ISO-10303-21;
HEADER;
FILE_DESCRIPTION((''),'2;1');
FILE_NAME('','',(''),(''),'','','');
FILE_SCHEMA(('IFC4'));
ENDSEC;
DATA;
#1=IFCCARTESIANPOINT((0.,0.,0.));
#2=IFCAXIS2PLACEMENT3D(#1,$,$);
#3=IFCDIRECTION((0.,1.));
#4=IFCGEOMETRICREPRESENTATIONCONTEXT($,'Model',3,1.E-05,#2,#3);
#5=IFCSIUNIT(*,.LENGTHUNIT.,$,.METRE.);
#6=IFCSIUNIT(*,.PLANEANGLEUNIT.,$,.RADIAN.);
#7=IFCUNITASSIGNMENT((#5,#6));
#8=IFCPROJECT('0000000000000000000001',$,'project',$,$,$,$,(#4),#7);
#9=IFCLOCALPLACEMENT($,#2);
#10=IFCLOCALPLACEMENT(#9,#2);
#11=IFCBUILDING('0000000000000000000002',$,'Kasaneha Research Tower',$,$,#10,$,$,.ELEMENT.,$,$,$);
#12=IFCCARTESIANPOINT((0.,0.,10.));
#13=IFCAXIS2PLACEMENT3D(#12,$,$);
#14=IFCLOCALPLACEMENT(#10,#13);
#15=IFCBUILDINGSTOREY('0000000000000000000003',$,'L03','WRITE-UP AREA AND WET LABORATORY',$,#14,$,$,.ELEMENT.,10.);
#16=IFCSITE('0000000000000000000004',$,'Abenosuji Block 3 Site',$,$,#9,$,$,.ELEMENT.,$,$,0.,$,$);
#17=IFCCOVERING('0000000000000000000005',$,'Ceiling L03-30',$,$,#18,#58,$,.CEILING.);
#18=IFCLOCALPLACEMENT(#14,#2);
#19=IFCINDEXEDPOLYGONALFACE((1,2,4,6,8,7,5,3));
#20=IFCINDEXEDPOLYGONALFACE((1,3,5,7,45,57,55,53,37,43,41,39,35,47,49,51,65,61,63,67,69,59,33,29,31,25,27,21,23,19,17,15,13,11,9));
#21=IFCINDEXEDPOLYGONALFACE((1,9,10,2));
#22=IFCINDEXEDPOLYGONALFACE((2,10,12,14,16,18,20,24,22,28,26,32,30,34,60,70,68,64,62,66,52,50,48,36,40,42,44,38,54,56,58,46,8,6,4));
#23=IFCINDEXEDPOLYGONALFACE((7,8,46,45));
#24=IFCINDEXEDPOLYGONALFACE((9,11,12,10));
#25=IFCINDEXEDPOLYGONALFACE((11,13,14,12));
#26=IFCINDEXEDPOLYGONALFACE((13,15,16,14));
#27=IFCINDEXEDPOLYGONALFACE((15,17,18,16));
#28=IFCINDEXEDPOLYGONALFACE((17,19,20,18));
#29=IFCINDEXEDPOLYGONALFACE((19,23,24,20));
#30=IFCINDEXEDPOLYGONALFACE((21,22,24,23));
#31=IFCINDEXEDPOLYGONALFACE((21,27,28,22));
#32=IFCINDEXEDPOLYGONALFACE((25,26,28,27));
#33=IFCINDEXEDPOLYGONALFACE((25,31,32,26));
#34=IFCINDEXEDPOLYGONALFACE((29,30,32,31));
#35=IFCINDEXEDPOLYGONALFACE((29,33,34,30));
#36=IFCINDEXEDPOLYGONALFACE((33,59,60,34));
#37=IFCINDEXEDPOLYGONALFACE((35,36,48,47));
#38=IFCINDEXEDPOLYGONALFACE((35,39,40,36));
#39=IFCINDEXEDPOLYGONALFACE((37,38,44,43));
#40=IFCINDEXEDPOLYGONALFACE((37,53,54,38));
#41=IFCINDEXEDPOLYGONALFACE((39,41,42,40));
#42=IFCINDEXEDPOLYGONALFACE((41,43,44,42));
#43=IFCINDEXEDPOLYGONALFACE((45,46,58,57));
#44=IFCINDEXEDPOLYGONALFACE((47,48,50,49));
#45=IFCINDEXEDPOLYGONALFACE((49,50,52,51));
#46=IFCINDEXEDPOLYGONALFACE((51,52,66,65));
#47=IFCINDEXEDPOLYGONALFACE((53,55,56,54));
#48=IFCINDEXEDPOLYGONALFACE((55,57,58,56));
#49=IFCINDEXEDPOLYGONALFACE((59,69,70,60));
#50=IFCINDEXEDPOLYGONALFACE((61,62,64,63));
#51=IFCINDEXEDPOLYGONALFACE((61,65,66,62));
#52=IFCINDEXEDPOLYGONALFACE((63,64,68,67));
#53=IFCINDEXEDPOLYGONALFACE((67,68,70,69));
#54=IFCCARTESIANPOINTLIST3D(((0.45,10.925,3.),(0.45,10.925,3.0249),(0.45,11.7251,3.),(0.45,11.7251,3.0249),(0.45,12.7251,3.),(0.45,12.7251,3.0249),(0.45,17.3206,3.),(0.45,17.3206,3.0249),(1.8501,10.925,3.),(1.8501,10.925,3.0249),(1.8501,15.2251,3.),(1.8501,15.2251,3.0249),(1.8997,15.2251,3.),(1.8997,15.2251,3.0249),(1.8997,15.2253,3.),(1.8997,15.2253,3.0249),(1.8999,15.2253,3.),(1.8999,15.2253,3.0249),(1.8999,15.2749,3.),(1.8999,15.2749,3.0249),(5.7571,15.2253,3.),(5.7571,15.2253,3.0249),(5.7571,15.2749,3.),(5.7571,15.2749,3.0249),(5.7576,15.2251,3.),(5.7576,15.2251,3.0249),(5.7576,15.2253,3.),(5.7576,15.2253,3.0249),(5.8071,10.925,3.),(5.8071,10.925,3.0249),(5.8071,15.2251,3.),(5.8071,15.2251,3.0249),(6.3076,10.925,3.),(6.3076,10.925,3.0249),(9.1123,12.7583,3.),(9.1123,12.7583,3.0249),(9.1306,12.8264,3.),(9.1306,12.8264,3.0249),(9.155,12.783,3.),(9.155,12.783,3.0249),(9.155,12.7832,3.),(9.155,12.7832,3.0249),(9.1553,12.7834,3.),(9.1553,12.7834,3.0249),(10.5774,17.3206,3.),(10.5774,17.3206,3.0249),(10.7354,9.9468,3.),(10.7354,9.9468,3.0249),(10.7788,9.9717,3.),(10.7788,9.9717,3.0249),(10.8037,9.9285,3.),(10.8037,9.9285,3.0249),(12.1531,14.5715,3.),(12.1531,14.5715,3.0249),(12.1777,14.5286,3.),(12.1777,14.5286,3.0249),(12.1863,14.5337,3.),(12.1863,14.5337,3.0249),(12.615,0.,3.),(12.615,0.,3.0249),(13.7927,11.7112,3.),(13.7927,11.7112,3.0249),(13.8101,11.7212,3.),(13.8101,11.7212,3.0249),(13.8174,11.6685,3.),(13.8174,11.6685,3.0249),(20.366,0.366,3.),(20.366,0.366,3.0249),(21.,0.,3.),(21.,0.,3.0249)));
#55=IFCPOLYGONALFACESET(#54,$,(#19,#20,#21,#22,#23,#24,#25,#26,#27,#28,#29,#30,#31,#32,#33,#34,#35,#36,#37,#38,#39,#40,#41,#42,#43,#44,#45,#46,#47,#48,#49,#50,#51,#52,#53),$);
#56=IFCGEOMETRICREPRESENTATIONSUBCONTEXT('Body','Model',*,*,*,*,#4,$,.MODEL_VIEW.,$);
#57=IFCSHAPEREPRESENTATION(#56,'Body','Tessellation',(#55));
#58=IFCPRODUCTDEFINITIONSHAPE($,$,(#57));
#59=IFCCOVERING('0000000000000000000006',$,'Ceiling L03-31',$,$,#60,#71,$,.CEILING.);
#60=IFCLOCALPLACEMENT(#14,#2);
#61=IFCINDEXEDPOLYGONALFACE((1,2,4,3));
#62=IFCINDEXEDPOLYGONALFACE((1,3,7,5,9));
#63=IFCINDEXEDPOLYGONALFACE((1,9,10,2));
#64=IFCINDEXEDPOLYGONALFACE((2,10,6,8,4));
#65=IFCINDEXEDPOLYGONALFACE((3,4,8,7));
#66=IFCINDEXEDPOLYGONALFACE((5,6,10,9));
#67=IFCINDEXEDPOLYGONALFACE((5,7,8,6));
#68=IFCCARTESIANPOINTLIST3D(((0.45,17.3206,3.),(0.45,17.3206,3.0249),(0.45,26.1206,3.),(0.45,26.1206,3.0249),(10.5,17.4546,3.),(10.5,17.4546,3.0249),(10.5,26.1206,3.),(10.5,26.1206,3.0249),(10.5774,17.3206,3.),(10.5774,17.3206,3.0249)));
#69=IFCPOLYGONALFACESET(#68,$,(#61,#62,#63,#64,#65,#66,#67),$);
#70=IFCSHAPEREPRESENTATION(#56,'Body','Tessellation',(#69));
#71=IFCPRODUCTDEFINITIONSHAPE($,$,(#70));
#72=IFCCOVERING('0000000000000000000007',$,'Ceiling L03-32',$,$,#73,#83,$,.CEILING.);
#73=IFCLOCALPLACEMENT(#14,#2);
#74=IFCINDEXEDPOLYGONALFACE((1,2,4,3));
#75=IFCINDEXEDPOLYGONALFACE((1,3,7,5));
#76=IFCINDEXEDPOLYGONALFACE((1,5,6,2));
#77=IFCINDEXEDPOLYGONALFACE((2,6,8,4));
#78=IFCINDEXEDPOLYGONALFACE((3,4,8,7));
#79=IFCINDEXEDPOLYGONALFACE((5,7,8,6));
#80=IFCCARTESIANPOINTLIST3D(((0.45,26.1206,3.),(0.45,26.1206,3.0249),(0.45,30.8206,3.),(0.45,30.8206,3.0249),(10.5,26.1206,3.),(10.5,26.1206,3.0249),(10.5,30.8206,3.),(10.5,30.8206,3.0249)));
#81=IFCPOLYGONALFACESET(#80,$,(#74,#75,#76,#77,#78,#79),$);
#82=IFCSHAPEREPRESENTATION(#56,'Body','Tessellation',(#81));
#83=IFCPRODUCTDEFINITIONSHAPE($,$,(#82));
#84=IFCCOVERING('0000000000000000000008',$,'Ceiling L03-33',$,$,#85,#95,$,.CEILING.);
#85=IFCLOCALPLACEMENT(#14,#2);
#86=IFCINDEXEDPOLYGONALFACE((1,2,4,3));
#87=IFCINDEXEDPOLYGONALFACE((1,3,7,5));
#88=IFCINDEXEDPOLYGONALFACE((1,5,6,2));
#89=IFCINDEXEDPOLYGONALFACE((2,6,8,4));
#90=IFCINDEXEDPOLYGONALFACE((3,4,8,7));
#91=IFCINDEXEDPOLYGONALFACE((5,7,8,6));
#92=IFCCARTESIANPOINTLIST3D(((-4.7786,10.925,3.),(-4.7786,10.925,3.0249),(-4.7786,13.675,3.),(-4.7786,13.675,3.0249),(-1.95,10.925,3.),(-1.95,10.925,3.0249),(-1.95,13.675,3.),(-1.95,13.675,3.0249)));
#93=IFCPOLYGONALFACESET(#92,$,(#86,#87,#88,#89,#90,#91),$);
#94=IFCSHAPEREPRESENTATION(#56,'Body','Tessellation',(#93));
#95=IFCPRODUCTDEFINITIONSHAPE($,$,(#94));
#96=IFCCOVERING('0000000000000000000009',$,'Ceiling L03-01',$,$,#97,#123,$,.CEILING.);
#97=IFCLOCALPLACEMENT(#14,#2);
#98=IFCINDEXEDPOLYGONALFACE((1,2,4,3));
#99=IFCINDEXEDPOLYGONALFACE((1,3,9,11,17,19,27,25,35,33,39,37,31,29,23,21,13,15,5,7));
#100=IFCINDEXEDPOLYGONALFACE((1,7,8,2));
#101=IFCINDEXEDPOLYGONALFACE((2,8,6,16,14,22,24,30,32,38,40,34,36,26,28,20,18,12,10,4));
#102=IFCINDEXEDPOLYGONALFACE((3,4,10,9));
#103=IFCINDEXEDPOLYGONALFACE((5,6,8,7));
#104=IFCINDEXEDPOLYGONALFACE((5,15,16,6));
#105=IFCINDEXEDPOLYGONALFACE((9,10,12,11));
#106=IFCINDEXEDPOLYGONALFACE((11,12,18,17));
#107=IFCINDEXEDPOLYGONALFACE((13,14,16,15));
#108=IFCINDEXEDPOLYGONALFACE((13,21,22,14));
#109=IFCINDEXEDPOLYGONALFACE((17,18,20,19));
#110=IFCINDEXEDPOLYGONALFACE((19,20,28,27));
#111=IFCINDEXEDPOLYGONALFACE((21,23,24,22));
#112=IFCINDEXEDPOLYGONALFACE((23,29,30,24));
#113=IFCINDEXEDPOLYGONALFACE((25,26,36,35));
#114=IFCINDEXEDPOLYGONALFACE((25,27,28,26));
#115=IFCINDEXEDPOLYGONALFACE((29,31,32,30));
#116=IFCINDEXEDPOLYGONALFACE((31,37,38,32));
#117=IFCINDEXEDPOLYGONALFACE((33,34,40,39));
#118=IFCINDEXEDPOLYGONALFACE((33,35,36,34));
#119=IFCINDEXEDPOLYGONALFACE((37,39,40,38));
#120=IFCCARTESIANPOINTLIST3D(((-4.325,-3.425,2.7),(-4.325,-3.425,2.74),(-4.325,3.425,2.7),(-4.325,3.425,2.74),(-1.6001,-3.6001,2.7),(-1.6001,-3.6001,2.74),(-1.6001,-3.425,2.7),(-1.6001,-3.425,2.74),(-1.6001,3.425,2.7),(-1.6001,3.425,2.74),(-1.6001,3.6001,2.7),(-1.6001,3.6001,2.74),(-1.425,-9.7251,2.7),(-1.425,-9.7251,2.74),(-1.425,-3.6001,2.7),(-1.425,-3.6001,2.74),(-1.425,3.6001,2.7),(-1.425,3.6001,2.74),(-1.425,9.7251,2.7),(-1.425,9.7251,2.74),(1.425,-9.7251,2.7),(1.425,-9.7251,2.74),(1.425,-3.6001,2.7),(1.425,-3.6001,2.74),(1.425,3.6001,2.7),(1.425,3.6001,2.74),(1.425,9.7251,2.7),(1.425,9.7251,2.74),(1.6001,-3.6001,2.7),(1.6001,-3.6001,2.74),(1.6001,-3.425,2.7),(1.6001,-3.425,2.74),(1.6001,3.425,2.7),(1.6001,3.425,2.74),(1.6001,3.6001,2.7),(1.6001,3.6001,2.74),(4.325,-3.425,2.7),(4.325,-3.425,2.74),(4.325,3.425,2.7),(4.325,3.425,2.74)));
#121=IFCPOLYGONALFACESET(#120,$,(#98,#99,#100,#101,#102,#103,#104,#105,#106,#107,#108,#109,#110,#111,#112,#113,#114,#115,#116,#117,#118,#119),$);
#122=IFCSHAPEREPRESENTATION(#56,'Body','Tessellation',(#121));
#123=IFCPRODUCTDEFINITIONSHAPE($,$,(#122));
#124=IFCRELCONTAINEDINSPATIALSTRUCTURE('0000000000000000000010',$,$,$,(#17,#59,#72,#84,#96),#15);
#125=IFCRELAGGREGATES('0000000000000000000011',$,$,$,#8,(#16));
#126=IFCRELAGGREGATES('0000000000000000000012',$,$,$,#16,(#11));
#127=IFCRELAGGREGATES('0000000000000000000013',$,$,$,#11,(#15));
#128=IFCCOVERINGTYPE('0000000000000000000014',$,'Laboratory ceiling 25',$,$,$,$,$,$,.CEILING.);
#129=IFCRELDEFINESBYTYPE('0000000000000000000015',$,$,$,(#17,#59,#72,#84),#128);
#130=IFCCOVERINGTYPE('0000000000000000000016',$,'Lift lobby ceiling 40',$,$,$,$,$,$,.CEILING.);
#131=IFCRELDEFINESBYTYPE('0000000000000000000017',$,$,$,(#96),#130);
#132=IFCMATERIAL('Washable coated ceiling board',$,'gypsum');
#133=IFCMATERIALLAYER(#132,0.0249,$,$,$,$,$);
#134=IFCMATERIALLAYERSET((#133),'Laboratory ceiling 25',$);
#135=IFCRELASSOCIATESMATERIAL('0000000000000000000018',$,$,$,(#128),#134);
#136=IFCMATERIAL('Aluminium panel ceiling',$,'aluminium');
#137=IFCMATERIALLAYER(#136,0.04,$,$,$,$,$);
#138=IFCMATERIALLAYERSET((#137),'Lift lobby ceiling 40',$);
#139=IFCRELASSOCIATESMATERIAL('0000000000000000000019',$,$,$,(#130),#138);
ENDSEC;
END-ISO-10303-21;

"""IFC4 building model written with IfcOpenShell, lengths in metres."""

from ifc_helpers import new_model, si_unit, direction, frame, origin, place, context, subcontext, project, spatial, polyline, outline, extrude, material, layer, layer_set, type_object, element, save


model = new_model("IFC4")

# Units and contexts
model_context = context("Model", 3, precision=1e-05, world=origin(), true_north=direction((0.0, 1.0)))
body_context = subcontext(model_context, "Body", "Model", "MODEL_VIEW")
ifc_project = project(units=[si_unit("LENGTHUNIT", "METRE"), si_unit("PLANEANGLEUNIT", "RADIAN")], contexts=[model_context])

# Site, building, storey
site_placement = place(None, origin())
site = spatial("IfcSite", under=ifc_project, at=site_placement, Name="Abenosuji Block 3 Site", CompositionType="ELEMENT", RefElevation=0.0)
building_placement = place(site_placement, origin())
building = spatial("IfcBuilding", under=site, at=building_placement, Name="Kasaneha Research Tower", CompositionType="ELEMENT")
storey_placement = place(building_placement, frame((0.0, 0.0, 10.0)))
storey = spatial("IfcBuildingStorey", under=building, at=storey_placement, Name="L03", Description="WRITE-UP AREA AND WET LABORATORY", CompositionType="ELEMENT", Elevation=10.0)

# Coverings
ifc_material_1 = material(Name="Washable coated ceiling board", Category="gypsum")
ifc_layer_1 = layer(ifc_material_1, 0.0249)
ifc_layer_set_1 = layer_set([ifc_layer_1], Name="Laboratory ceiling 25")
covering_type_1 = type_object("IfcCoveringType", Name="Laboratory ceiling 25", PredefinedType="CEILING", material=ifc_layer_set_1)
covering_1_placement = place(storey_placement, frame((0.0, 0.0, 3.0)))
element("IfcCovering", 1, at=covering_1_placement, inside=storey, type_object=covering_type_1, Name="Ceiling L03-30", PredefinedType="CEILING", context=body_context, shape_type="SweptSolid", body=[
    extrude(outline(polyline([(6.3076, 10.925), (5.8071, 10.925), (5.8071, 15.2251), (5.7576, 15.2251), (5.7576, 15.2253), (5.7571, 15.2253), (5.7571, 15.2749), (1.8999, 15.2749), (1.8999, 15.2253), (1.8997, 15.2253), (1.8997, 15.2251), (1.8501, 15.2251), (1.8501, 10.925), (0.45, 10.925), (0.45, 11.7251), (0.45, 12.7251), (0.45, 17.3206), (10.5774, 17.3206), (12.1863, 14.5337), (12.1777, 14.5286), (12.1531, 14.5715), (9.1306, 12.8264), (9.1553, 12.7834), (9.155, 12.7832), (9.155, 12.783), (9.1123, 12.7583), (10.7354, 9.9468), (10.7788, 9.9717), (10.8037, 9.9285), (13.8174, 11.6685), (13.7927, 11.7112), (13.8101, 11.7212), (20.366, 0.366), (21.0, 0.0), (12.615, 0.0), (6.3076, 10.925)])), origin(), (0.0, 0.0, 1.0), 0.0249),
])
covering_2_placement = place(storey_placement, frame((0.0, 0.0, 3.0)))
element("IfcCovering", 2, at=covering_2_placement, inside=storey, type_object=covering_type_1, Name="Ceiling L03-31", PredefinedType="CEILING", context=body_context, shape_type="SweptSolid", body=[
    extrude(outline(polyline([(10.5, 26.1206), (10.5, 17.4546), (10.5774, 17.3206), (0.45, 17.3206), (0.45, 26.1206), (10.5, 26.1206)])), origin(), (0.0, 0.0, 1.0), 0.0249),
])
covering_3_placement = place(storey_placement, frame((0.0, 0.0, 3.0)))
element("IfcCovering", 3, at=covering_3_placement, inside=storey, type_object=covering_type_1, Name="Ceiling L03-32", PredefinedType="CEILING", context=body_context, shape_type="SweptSolid", body=[
    extrude(outline(polyline([(10.5, 30.8206), (10.5, 26.1206), (0.45, 26.1206), (0.45, 30.8206), (10.5, 30.8206)])), origin(), (0.0, 0.0, 1.0), 0.0249),
])
covering_4_placement = place(storey_placement, frame((0.0, 0.0, 3.0)))
element("IfcCovering", 4, at=covering_4_placement, inside=storey, type_object=covering_type_1, Name="Ceiling L03-33", PredefinedType="CEILING", context=body_context, shape_type="SweptSolid", body=[
    extrude(outline(polyline([(-4.7786, 10.925), (-4.7786, 13.675), (-1.95, 13.675), (-1.95, 10.925), (-4.7786, 10.925)])), origin(), (0.0, 0.0, 1.0), 0.0249),
])
ifc_material_2 = material(Name="Aluminium panel ceiling", Category="aluminium")
ifc_layer_2 = layer(ifc_material_2, 0.04)
ifc_layer_set_2 = layer_set([ifc_layer_2], Name="Lift lobby ceiling 40")
covering_type_2 = type_object("IfcCoveringType", Name="Lift lobby ceiling 40", PredefinedType="CEILING", material=ifc_layer_set_2)
covering_5_placement = place(storey_placement, frame((0.0, 0.0, 2.7)))
element("IfcCovering", 5, at=covering_5_placement, inside=storey, type_object=covering_type_2, Name="Ceiling L03-01", PredefinedType="CEILING", context=body_context, shape_type="SweptSolid", body=[
    extrude(outline(polyline([(1.425, 9.7251), (1.425, 3.6001), (1.6001, 3.6001), (1.6001, 3.425), (4.325, 3.425), (4.325, -3.425), (1.6001, -3.425), (1.6001, -3.6001), (1.425, -3.6001), (1.425, -9.7251), (-1.425, -9.7251), (-1.425, -3.6001), (-1.6001, -3.6001), (-1.6001, -3.425), (-4.325, -3.425), (-4.325, 3.425), (-1.6001, 3.425), (-1.6001, 3.6001), (-1.425, 3.6001), (-1.425, 9.7251), (1.425, 9.7251)])), origin(), (0.0, 0.0, 1.0), 0.04),
])

save(model, "model.ifc")
